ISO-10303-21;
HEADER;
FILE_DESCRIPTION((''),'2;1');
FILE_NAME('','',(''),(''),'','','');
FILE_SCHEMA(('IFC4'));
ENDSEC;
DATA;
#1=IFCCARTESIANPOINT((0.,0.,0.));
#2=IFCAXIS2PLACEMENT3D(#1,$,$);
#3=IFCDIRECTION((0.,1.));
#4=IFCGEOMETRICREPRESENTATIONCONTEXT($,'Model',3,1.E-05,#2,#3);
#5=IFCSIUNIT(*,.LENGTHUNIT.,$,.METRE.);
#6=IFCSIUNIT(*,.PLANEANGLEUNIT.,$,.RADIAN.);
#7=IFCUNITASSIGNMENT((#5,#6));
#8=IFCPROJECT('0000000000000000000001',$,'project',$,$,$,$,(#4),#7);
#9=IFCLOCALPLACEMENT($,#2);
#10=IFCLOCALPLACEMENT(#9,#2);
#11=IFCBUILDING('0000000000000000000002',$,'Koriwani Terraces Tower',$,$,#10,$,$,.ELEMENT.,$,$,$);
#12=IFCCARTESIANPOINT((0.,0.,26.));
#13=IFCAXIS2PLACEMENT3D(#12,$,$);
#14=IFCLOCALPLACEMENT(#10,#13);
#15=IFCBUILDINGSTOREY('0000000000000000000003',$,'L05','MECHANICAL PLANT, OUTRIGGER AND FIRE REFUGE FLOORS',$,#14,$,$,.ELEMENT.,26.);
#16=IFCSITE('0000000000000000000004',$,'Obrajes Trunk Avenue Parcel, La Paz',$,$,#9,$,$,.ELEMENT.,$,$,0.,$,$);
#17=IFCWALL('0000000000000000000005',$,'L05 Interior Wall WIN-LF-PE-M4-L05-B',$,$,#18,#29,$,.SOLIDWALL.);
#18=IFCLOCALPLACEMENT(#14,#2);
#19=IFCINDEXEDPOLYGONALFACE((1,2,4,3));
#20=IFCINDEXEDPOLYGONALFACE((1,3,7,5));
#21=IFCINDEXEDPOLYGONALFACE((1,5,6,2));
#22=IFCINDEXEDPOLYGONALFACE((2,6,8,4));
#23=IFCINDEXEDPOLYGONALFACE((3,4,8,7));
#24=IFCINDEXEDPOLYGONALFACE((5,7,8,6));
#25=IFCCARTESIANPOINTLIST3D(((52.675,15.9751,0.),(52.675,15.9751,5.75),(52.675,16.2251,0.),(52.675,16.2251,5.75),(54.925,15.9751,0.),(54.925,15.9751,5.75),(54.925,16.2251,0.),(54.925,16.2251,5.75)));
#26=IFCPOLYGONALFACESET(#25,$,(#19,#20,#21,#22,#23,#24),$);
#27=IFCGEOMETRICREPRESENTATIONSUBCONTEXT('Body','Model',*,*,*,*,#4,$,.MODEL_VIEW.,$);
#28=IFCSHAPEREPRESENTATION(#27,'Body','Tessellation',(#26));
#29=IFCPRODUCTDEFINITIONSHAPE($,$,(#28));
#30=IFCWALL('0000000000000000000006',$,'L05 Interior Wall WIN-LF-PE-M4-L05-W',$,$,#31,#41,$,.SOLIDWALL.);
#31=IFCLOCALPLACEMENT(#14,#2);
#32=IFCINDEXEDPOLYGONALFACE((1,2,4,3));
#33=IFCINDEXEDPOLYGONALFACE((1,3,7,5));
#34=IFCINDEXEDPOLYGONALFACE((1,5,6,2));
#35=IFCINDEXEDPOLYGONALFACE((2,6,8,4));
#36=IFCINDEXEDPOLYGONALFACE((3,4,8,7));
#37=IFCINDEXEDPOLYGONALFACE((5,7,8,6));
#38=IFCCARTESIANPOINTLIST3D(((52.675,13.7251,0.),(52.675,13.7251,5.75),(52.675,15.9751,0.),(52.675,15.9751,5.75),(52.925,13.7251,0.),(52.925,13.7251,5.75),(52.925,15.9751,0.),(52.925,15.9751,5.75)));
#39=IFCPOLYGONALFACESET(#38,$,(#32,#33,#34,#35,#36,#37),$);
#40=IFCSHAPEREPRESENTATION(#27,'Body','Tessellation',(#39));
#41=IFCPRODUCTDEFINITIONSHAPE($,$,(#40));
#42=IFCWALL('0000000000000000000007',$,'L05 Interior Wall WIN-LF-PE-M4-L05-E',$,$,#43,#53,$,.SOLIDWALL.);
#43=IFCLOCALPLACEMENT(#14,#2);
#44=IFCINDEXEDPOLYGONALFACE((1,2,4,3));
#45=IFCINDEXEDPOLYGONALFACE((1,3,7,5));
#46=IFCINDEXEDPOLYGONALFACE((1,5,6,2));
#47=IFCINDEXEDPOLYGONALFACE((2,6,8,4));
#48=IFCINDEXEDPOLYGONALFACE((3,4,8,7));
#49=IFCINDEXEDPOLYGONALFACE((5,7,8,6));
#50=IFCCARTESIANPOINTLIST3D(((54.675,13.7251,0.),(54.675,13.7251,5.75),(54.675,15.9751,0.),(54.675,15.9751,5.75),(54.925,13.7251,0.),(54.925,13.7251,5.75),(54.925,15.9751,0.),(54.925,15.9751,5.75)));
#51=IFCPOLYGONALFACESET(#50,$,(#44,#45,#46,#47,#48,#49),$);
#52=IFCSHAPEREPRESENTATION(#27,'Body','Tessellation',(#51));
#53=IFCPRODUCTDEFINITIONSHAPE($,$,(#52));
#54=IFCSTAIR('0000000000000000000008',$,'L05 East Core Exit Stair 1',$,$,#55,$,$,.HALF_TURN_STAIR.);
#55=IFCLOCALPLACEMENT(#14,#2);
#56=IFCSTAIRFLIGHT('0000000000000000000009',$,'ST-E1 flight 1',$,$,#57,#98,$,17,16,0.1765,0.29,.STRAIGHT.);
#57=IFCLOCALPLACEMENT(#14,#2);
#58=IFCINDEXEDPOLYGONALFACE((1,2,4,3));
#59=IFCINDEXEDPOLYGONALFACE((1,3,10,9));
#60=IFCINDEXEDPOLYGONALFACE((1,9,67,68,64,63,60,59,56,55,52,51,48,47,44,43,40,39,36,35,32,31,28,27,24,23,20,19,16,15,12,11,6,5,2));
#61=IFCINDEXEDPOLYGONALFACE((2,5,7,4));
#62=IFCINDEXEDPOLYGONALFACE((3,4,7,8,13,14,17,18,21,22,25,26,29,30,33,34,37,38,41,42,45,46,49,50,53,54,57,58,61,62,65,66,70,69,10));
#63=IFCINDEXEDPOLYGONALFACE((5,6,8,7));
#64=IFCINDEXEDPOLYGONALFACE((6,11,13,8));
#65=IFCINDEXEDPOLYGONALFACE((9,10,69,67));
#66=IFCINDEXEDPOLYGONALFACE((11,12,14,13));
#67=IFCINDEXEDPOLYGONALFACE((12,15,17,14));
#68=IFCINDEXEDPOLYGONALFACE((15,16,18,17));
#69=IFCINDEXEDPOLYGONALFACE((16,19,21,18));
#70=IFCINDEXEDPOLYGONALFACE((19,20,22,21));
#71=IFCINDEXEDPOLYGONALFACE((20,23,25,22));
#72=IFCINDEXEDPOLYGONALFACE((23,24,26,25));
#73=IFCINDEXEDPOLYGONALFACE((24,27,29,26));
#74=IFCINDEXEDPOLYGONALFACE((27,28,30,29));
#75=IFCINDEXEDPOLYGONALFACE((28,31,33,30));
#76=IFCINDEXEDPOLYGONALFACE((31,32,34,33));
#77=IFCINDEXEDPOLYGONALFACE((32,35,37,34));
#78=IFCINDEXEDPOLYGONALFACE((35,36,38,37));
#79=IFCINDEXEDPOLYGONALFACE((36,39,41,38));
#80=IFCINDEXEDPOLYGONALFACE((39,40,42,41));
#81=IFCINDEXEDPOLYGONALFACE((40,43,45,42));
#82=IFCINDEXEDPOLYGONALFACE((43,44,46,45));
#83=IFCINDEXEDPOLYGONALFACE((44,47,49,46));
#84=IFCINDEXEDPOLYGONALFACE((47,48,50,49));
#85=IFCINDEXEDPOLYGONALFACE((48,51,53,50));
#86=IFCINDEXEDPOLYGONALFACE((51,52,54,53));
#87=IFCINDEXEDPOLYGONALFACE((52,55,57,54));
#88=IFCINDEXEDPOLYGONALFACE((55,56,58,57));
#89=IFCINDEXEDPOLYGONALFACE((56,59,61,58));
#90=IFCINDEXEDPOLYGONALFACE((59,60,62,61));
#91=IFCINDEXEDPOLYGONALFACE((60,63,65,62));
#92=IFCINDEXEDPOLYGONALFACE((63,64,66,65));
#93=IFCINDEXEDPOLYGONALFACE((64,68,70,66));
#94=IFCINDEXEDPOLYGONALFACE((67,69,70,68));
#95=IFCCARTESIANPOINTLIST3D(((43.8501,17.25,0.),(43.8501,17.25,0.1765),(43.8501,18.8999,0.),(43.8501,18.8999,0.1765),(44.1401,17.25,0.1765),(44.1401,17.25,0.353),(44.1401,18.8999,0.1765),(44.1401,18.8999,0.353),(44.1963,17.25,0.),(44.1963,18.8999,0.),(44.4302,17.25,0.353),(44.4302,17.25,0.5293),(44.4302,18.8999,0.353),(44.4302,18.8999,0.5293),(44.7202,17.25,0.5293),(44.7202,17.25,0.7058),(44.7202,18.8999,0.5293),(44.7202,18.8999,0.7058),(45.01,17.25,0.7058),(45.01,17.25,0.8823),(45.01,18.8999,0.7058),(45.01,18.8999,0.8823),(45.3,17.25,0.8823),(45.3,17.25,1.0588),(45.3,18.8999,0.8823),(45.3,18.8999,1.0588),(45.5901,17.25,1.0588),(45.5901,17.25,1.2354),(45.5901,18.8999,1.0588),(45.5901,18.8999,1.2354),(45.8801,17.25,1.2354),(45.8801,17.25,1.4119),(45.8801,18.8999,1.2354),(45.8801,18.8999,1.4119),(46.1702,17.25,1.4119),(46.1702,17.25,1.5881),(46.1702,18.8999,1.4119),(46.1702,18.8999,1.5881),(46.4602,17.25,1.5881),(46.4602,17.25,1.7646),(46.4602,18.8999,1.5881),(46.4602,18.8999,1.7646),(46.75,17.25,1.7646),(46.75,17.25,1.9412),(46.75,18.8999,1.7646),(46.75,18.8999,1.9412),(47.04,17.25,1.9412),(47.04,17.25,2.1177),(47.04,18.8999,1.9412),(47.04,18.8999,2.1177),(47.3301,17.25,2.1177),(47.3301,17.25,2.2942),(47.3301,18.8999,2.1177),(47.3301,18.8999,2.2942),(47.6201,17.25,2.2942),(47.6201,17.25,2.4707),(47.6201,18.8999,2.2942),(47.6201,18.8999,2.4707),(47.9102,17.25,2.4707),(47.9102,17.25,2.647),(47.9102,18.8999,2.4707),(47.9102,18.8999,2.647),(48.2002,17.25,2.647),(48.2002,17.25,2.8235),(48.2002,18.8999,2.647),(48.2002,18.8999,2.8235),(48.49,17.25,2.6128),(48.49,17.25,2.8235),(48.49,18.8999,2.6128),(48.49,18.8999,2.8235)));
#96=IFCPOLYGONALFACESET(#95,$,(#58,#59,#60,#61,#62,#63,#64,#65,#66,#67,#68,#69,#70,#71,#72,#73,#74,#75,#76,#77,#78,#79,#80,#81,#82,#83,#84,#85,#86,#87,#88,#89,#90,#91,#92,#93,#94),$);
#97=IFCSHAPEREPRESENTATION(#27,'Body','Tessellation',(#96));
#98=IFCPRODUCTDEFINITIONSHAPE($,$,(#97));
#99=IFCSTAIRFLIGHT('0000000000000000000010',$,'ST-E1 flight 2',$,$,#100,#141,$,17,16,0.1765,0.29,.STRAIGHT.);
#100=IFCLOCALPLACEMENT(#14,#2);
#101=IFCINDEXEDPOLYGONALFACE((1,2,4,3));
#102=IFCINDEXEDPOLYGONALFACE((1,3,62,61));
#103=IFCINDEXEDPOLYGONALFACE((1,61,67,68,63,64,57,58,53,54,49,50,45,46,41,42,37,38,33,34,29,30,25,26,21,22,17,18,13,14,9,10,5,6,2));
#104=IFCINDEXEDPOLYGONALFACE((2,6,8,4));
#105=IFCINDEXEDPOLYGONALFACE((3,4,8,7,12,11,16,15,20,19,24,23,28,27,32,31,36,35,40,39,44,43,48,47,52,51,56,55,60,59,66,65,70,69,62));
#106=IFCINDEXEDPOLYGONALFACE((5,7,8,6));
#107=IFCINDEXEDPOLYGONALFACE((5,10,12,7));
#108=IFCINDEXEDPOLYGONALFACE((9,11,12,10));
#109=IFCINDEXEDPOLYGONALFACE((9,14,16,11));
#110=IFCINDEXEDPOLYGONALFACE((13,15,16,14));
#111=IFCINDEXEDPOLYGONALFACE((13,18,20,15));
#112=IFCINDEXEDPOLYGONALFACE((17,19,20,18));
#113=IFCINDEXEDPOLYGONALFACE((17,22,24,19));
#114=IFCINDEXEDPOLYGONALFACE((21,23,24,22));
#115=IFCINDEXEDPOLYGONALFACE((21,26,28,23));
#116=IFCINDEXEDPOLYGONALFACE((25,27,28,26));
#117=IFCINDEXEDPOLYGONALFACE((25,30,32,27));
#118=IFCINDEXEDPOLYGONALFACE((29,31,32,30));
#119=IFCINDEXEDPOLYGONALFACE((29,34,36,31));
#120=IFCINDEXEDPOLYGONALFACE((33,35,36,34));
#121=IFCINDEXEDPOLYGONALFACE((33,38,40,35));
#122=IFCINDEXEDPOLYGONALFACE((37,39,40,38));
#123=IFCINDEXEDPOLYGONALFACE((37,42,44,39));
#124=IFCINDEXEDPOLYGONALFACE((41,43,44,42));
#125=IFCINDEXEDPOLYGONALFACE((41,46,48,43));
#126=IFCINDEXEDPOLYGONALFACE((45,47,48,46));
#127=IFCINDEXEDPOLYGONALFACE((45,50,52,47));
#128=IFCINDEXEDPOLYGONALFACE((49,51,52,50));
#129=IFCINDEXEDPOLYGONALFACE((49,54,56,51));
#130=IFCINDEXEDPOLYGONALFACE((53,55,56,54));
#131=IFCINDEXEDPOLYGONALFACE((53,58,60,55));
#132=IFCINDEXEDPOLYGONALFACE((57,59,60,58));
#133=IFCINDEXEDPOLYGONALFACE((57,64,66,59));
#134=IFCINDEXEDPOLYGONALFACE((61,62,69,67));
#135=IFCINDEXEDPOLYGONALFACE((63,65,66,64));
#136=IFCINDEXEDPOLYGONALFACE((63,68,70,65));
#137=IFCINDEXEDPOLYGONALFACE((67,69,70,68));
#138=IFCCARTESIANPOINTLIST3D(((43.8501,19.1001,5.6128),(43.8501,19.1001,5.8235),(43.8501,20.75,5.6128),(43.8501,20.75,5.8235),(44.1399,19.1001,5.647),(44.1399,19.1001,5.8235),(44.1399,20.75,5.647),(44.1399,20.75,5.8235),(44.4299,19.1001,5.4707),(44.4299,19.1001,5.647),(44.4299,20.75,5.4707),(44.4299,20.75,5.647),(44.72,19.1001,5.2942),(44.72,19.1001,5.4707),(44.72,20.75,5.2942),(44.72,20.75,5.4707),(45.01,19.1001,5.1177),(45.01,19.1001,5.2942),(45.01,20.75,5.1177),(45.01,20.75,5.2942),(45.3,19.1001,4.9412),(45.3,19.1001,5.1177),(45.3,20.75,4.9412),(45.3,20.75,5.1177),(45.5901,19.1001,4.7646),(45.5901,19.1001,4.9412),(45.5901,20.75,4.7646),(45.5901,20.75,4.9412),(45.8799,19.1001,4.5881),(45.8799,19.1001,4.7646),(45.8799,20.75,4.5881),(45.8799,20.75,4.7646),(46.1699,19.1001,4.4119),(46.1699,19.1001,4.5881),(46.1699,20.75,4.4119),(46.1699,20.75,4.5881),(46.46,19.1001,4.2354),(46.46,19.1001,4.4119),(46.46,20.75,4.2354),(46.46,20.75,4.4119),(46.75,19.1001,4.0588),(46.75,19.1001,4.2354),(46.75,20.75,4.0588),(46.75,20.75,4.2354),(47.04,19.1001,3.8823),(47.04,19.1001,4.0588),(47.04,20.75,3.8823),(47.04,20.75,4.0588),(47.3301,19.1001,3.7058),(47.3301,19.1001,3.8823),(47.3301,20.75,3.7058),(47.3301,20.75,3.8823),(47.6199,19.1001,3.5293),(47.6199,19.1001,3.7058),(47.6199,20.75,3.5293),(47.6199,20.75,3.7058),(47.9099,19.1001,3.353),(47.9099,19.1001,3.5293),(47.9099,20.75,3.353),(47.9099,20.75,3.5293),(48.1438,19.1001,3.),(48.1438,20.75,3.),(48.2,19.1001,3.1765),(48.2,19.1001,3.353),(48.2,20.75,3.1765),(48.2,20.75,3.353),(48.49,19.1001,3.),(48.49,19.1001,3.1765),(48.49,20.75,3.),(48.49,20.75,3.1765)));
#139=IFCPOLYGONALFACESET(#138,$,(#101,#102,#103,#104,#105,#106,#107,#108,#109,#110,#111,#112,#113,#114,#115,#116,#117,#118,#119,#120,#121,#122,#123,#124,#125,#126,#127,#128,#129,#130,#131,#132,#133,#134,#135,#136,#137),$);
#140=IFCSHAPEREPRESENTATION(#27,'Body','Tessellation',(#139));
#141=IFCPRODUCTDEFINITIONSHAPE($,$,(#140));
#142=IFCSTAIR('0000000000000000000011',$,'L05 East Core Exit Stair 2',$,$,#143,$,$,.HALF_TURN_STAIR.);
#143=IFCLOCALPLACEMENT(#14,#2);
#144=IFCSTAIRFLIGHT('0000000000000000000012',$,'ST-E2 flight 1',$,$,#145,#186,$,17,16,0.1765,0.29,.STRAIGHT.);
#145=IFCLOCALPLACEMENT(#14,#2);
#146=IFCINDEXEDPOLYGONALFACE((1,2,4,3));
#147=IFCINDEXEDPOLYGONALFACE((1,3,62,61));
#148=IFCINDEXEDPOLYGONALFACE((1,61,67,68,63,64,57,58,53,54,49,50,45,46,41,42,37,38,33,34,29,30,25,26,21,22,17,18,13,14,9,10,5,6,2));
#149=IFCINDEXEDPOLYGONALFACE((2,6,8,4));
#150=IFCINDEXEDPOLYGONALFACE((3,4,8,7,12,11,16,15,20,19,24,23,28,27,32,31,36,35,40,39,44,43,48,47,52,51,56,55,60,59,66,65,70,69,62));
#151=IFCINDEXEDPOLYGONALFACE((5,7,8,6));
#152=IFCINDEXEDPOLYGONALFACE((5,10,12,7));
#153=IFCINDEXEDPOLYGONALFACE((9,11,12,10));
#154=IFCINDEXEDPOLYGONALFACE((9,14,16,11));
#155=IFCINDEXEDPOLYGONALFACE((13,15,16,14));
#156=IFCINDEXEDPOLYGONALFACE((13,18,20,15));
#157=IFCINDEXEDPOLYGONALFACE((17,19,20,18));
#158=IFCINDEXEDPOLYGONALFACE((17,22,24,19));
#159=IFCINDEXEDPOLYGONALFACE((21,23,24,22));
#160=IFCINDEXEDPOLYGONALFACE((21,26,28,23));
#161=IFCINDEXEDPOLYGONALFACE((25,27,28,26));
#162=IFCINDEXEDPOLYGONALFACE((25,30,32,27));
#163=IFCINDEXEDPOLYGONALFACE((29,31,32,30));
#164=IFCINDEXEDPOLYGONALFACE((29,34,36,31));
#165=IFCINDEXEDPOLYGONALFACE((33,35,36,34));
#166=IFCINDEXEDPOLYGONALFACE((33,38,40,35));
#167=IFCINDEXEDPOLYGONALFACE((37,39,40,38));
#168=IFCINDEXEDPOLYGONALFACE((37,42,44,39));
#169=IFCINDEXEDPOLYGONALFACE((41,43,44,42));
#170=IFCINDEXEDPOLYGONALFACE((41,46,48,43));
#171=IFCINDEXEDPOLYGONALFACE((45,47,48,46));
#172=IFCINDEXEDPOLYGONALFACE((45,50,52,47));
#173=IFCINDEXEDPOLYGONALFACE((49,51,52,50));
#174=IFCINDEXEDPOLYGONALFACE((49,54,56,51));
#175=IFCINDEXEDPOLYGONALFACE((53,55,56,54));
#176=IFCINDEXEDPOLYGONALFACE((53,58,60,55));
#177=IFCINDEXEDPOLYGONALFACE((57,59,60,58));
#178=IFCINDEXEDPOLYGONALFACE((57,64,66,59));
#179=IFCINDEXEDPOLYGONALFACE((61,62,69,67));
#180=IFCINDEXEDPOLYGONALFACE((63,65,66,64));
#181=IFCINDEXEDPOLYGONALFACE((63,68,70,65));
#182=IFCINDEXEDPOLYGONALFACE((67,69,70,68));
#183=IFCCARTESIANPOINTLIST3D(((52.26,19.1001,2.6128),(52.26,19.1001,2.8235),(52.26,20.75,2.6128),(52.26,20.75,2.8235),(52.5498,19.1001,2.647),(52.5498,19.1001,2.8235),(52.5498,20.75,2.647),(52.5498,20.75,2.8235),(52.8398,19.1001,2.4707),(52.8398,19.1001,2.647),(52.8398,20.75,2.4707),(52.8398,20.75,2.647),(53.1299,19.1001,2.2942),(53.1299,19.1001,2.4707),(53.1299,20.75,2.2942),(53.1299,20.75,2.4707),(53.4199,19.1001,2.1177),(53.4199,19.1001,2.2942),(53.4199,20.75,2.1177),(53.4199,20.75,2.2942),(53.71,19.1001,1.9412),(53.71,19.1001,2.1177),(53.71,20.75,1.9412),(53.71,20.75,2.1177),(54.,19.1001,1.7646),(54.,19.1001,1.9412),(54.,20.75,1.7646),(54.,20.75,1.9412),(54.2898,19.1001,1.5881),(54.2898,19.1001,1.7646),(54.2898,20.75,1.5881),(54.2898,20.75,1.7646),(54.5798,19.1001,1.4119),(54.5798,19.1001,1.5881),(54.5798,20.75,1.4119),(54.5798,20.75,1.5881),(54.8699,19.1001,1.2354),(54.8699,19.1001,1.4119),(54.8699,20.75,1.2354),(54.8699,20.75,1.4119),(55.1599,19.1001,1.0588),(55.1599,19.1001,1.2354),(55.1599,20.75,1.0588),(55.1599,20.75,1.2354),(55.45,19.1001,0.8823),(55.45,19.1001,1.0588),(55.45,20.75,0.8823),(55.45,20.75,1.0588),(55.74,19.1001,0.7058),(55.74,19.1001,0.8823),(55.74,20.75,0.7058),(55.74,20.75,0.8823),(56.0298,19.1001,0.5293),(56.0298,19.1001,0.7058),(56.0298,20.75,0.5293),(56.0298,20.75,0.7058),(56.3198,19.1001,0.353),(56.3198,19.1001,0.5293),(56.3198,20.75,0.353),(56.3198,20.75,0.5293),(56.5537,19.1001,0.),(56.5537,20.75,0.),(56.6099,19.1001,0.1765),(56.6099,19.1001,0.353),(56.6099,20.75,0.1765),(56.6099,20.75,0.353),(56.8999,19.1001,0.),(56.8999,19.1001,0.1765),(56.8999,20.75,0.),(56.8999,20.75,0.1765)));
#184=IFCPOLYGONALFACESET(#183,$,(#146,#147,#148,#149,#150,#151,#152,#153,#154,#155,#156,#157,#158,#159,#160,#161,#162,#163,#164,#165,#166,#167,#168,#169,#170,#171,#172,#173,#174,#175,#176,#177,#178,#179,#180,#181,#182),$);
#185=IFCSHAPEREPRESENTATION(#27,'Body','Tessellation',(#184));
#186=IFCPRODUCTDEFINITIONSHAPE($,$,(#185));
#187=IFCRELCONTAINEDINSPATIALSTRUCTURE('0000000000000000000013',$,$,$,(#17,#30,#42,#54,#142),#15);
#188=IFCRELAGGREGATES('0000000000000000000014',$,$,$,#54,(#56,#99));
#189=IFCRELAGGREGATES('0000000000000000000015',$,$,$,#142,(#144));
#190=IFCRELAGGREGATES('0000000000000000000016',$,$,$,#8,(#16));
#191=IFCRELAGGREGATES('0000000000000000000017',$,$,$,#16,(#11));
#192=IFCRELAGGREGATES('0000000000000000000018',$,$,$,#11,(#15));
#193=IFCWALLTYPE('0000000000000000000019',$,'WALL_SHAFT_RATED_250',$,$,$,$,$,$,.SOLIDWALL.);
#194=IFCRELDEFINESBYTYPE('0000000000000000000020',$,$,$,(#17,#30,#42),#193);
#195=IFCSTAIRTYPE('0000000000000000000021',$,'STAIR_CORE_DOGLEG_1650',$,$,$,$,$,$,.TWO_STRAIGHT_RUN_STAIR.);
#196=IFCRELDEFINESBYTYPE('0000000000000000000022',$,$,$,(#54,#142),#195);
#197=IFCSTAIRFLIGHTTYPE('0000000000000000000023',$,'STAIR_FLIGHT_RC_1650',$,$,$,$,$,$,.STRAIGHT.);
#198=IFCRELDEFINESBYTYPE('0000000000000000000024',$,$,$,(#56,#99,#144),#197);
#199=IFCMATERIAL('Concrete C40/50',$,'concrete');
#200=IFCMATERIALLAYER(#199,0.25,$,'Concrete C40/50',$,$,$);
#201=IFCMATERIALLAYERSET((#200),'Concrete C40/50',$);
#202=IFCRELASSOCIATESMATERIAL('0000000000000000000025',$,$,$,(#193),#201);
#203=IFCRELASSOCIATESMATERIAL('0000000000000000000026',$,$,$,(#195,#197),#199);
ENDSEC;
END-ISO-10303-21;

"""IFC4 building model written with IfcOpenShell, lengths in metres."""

from ifc_helpers import new_model, si_unit, direction, frame, frame_2d, origin, place, context, subcontext, project, spatial, polyline, rectangle, outline, extrude, material, layer, layer_set, type_object, element, aggregate, save


model = new_model("IFC4")

# Units and contexts
model_context = context("Model", 3, precision=1e-05, world=origin(), true_north=direction((0.0, 1.0)))
body_context = subcontext(model_context, "Body", "Model", "MODEL_VIEW")
ifc_project = project(units=[si_unit("LENGTHUNIT", "METRE"), si_unit("PLANEANGLEUNIT", "RADIAN")], contexts=[model_context])

# Site, building, storey
site_placement = place(None, origin())
site = spatial("IfcSite", under=ifc_project, at=site_placement, Name="Obrajes Trunk Avenue Parcel, La Paz", CompositionType="ELEMENT", RefElevation=0.0)
building_placement = place(site_placement, origin())
building = spatial("IfcBuilding", under=site, at=building_placement, Name="Koriwani Terraces Tower", CompositionType="ELEMENT")
storey_placement = place(building_placement, frame((0.0, 0.0, 26.0)))
storey = spatial("IfcBuildingStorey", under=building, at=storey_placement, Name="L05", Description="MECHANICAL PLANT, OUTRIGGER AND FIRE REFUGE FLOORS", CompositionType="ELEMENT", Elevation=26.0)

# Shared definitions
ifc_material_1 = material(Name="Concrete C40/50", Category="concrete")
ifc_layer_1 = layer(ifc_material_1, 0.25, Name="Concrete C40/50")
ifc_layer_set_1 = layer_set([ifc_layer_1], Name="Concrete C40/50")
wall_type = type_object("IfcWallType", Name="WALL_SHAFT_RATED_250", PredefinedType="SOLIDWALL", material=ifc_layer_set_1)

# Walls
for number, where, z_axis, x_axis, name in (
    (1, (52.675, 16.1001, 0.0), (0.0, 0.0, 1.0), (1.0, 0.0, 0.0), "L05 Interior Wall WIN-LF-PE-M4-L05-B"),
    (2, (52.8, 13.7251, 0.0), (0.0, 0.0, 1.0), (0.0, 1.0, 0.0), "L05 Interior Wall WIN-LF-PE-M4-L05-W"),
    (3, (54.8, 13.7251, 0.0), (0.0, 0.0, 1.0), (0.0, 1.0, 0.0), "L05 Interior Wall WIN-LF-PE-M4-L05-E"),
):
    element("IfcWall", number, at=place(storey_placement, frame(where, z_axis=z_axis, x_axis=x_axis)), inside=storey, type_object=wall_type, Name=name, PredefinedType="SOLIDWALL", context=body_context, shape_type="SweptSolid", body=[
        extrude(rectangle(XDim=2.25, YDim=0.25, at=frame_2d((1.125, 0.0))), origin(), (0.0, 0.0, 1.0), 5.75),
    ])

# Stairs, stair flights
stair_type = type_object("IfcStairType", Name="STAIR_CORE_DOGLEG_1650", PredefinedType="TWO_STRAIGHT_RUN_STAIR", material=ifc_material_1)
stair_1_placement = place(storey_placement, origin())
stair_1 = element("IfcStair", 4, at=stair_1_placement, inside=storey, type_object=stair_type, Name="L05 East Core Exit Stair 1", PredefinedType="HALF_TURN_STAIR")
stair_flight_type = type_object("IfcStairFlightType", Name="STAIR_FLIGHT_RC_1650", PredefinedType="STRAIGHT", material=ifc_material_1)
stair_flight_1_placement = place(storey_placement, frame((43.8501, 18.075, 0.0), z_axis=(0.0, 0.0, 1.0), x_axis=(1.0, 0.0, 0.0)))
stair_flight_1 = element("IfcStairFlight", 5, at=stair_flight_1_placement, type_object=stair_flight_type, Name="ST-E1 flight 1", NumberOfRisers=17, NumberOfTreads=16, PredefinedType="STRAIGHT", RiserHeight=0.1765, TreadLength=0.29, context=body_context, shape_type="SweptSolid", body=[
    extrude(outline(polyline([(0.0, 0.0), (0.0, 0.1765), (0.29, 0.1765), (0.29, 0.353), (0.5801, 0.353), (0.5801, 0.5293), (0.8701, 0.5293), (0.8701, 0.7058), (1.1599, 0.7058), (1.1599, 0.8823), (1.45, 0.8823), (1.45, 1.0588), (1.74, 1.0588), (1.74, 1.2354), (2.03, 1.2354), (2.03, 1.4119), (2.3201, 1.4119), (2.3201, 1.5881), (2.6101, 1.5881), (2.6101, 1.7646), (2.8999, 1.7646), (2.8999, 1.9412), (3.1899, 1.9412), (3.1899, 2.1177), (3.48, 2.1177), (3.48, 2.2942), (3.77, 2.2942), (3.77, 2.4707), (4.0601, 2.4707), (4.0601, 2.647), (4.3501, 2.647), (4.3501, 2.8235), (4.6399, 2.8235), (4.6399, 3.0), (4.6399, 2.6128), (0.3462, 0.0), (0.0, 0.0)])), frame((0.0, 0.825, 0.0), z_axis=(0.0, -1.0, 0.0), x_axis=(1.0, 0.0, 0.0)), (0.0, 0.0, 1.0), 1.6499),
])
stair_flight_2_placement = place(storey_placement, frame((48.49, 19.925, 3.0), z_axis=(0.0, 0.0, 1.0), x_axis=(-1.0, 0.0, 0.0)))
stair_flight_2 = element("IfcStairFlight", 6, at=stair_flight_2_placement, type_object=stair_flight_type, Name="ST-E1 flight 2", NumberOfRisers=17, NumberOfTreads=16, PredefinedType="STRAIGHT", RiserHeight=0.1765, TreadLength=0.29, context=body_context, shape_type="SweptSolid", body=[
    extrude(outline(polyline([(0.0, 0.0), (0.0, 0.1765), (0.29, 0.1765), (0.29, 0.353), (0.5801, 0.353), (0.5801, 0.5293), (0.8701, 0.5293), (0.8701, 0.7058), (1.1599, 0.7058), (1.1599, 0.8823), (1.45, 0.8823), (1.45, 1.0588), (1.74, 1.0588), (1.74, 1.2354), (2.03, 1.2354), (2.03, 1.4119), (2.3201, 1.4119), (2.3201, 1.5881), (2.6101, 1.5881), (2.6101, 1.7646), (2.8999, 1.7646), (2.8999, 1.9412), (3.1899, 1.9412), (3.1899, 2.1177), (3.48, 2.1177), (3.48, 2.2942), (3.77, 2.2942), (3.77, 2.4707), (4.0601, 2.4707), (4.0601, 2.647), (4.3501, 2.647), (4.3501, 2.8235), (4.6399, 2.8235), (4.6399, 3.0), (4.6399, 2.6128), (0.3462, 0.0), (0.0, 0.0)])), frame((0.0, 0.825, 0.0), z_axis=(0.0, -1.0, 0.0), x_axis=(1.0, 0.0, 0.0)), (0.0, 0.0, 1.0), 1.6499),
])
aggregate(stair_1, [stair_flight_1, stair_flight_2])
stair_2_placement = place(storey_placement, origin())
stair_2 = element("IfcStair", 7, at=stair_2_placement, inside=storey, type_object=stair_type, Name="L05 East Core Exit Stair 2", PredefinedType="HALF_TURN_STAIR")
stair_flight_3_placement = place(storey_placement, frame((56.8999, 19.925, 0.0), z_axis=(0.0, 0.0, 1.0), x_axis=(-1.0, 0.0, 0.0)))
stair_flight_3 = element("IfcStairFlight", 8, at=stair_flight_3_placement, type_object=stair_flight_type, Name="ST-E2 flight 1", NumberOfRisers=17, NumberOfTreads=16, PredefinedType="STRAIGHT", RiserHeight=0.1765, TreadLength=0.29, context=body_context, shape_type="SweptSolid", body=[
    extrude(outline(polyline([(0.0, 0.0), (0.0, 0.1765), (0.29, 0.1765), (0.29, 0.353), (0.5801, 0.353), (0.5801, 0.5293), (0.8701, 0.5293), (0.8701, 0.7058), (1.1599, 0.7058), (1.1599, 0.8823), (1.45, 0.8823), (1.45, 1.0588), (1.74, 1.0588), (1.74, 1.2354), (2.03, 1.2354), (2.03, 1.4119), (2.3201, 1.4119), (2.3201, 1.5881), (2.6101, 1.5881), (2.6101, 1.7646), (2.8999, 1.7646), (2.8999, 1.9412), (3.1899, 1.9412), (3.1899, 2.1177), (3.48, 2.1177), (3.48, 2.2942), (3.77, 2.2942), (3.77, 2.4707), (4.0601, 2.4707), (4.0601, 2.647), (4.3501, 2.647), (4.3501, 2.8235), (4.6399, 2.8235), (4.6399, 3.0), (4.6399, 2.6128), (0.3462, 0.0), (0.0, 0.0)])), frame((0.0, 0.825, 0.0), z_axis=(0.0, -1.0, 0.0), x_axis=(1.0, 0.0, 0.0)), (0.0, 0.0, 1.0), 1.6499),
])
aggregate(stair_2, [stair_flight_3])

save(model, "model.ifc")
